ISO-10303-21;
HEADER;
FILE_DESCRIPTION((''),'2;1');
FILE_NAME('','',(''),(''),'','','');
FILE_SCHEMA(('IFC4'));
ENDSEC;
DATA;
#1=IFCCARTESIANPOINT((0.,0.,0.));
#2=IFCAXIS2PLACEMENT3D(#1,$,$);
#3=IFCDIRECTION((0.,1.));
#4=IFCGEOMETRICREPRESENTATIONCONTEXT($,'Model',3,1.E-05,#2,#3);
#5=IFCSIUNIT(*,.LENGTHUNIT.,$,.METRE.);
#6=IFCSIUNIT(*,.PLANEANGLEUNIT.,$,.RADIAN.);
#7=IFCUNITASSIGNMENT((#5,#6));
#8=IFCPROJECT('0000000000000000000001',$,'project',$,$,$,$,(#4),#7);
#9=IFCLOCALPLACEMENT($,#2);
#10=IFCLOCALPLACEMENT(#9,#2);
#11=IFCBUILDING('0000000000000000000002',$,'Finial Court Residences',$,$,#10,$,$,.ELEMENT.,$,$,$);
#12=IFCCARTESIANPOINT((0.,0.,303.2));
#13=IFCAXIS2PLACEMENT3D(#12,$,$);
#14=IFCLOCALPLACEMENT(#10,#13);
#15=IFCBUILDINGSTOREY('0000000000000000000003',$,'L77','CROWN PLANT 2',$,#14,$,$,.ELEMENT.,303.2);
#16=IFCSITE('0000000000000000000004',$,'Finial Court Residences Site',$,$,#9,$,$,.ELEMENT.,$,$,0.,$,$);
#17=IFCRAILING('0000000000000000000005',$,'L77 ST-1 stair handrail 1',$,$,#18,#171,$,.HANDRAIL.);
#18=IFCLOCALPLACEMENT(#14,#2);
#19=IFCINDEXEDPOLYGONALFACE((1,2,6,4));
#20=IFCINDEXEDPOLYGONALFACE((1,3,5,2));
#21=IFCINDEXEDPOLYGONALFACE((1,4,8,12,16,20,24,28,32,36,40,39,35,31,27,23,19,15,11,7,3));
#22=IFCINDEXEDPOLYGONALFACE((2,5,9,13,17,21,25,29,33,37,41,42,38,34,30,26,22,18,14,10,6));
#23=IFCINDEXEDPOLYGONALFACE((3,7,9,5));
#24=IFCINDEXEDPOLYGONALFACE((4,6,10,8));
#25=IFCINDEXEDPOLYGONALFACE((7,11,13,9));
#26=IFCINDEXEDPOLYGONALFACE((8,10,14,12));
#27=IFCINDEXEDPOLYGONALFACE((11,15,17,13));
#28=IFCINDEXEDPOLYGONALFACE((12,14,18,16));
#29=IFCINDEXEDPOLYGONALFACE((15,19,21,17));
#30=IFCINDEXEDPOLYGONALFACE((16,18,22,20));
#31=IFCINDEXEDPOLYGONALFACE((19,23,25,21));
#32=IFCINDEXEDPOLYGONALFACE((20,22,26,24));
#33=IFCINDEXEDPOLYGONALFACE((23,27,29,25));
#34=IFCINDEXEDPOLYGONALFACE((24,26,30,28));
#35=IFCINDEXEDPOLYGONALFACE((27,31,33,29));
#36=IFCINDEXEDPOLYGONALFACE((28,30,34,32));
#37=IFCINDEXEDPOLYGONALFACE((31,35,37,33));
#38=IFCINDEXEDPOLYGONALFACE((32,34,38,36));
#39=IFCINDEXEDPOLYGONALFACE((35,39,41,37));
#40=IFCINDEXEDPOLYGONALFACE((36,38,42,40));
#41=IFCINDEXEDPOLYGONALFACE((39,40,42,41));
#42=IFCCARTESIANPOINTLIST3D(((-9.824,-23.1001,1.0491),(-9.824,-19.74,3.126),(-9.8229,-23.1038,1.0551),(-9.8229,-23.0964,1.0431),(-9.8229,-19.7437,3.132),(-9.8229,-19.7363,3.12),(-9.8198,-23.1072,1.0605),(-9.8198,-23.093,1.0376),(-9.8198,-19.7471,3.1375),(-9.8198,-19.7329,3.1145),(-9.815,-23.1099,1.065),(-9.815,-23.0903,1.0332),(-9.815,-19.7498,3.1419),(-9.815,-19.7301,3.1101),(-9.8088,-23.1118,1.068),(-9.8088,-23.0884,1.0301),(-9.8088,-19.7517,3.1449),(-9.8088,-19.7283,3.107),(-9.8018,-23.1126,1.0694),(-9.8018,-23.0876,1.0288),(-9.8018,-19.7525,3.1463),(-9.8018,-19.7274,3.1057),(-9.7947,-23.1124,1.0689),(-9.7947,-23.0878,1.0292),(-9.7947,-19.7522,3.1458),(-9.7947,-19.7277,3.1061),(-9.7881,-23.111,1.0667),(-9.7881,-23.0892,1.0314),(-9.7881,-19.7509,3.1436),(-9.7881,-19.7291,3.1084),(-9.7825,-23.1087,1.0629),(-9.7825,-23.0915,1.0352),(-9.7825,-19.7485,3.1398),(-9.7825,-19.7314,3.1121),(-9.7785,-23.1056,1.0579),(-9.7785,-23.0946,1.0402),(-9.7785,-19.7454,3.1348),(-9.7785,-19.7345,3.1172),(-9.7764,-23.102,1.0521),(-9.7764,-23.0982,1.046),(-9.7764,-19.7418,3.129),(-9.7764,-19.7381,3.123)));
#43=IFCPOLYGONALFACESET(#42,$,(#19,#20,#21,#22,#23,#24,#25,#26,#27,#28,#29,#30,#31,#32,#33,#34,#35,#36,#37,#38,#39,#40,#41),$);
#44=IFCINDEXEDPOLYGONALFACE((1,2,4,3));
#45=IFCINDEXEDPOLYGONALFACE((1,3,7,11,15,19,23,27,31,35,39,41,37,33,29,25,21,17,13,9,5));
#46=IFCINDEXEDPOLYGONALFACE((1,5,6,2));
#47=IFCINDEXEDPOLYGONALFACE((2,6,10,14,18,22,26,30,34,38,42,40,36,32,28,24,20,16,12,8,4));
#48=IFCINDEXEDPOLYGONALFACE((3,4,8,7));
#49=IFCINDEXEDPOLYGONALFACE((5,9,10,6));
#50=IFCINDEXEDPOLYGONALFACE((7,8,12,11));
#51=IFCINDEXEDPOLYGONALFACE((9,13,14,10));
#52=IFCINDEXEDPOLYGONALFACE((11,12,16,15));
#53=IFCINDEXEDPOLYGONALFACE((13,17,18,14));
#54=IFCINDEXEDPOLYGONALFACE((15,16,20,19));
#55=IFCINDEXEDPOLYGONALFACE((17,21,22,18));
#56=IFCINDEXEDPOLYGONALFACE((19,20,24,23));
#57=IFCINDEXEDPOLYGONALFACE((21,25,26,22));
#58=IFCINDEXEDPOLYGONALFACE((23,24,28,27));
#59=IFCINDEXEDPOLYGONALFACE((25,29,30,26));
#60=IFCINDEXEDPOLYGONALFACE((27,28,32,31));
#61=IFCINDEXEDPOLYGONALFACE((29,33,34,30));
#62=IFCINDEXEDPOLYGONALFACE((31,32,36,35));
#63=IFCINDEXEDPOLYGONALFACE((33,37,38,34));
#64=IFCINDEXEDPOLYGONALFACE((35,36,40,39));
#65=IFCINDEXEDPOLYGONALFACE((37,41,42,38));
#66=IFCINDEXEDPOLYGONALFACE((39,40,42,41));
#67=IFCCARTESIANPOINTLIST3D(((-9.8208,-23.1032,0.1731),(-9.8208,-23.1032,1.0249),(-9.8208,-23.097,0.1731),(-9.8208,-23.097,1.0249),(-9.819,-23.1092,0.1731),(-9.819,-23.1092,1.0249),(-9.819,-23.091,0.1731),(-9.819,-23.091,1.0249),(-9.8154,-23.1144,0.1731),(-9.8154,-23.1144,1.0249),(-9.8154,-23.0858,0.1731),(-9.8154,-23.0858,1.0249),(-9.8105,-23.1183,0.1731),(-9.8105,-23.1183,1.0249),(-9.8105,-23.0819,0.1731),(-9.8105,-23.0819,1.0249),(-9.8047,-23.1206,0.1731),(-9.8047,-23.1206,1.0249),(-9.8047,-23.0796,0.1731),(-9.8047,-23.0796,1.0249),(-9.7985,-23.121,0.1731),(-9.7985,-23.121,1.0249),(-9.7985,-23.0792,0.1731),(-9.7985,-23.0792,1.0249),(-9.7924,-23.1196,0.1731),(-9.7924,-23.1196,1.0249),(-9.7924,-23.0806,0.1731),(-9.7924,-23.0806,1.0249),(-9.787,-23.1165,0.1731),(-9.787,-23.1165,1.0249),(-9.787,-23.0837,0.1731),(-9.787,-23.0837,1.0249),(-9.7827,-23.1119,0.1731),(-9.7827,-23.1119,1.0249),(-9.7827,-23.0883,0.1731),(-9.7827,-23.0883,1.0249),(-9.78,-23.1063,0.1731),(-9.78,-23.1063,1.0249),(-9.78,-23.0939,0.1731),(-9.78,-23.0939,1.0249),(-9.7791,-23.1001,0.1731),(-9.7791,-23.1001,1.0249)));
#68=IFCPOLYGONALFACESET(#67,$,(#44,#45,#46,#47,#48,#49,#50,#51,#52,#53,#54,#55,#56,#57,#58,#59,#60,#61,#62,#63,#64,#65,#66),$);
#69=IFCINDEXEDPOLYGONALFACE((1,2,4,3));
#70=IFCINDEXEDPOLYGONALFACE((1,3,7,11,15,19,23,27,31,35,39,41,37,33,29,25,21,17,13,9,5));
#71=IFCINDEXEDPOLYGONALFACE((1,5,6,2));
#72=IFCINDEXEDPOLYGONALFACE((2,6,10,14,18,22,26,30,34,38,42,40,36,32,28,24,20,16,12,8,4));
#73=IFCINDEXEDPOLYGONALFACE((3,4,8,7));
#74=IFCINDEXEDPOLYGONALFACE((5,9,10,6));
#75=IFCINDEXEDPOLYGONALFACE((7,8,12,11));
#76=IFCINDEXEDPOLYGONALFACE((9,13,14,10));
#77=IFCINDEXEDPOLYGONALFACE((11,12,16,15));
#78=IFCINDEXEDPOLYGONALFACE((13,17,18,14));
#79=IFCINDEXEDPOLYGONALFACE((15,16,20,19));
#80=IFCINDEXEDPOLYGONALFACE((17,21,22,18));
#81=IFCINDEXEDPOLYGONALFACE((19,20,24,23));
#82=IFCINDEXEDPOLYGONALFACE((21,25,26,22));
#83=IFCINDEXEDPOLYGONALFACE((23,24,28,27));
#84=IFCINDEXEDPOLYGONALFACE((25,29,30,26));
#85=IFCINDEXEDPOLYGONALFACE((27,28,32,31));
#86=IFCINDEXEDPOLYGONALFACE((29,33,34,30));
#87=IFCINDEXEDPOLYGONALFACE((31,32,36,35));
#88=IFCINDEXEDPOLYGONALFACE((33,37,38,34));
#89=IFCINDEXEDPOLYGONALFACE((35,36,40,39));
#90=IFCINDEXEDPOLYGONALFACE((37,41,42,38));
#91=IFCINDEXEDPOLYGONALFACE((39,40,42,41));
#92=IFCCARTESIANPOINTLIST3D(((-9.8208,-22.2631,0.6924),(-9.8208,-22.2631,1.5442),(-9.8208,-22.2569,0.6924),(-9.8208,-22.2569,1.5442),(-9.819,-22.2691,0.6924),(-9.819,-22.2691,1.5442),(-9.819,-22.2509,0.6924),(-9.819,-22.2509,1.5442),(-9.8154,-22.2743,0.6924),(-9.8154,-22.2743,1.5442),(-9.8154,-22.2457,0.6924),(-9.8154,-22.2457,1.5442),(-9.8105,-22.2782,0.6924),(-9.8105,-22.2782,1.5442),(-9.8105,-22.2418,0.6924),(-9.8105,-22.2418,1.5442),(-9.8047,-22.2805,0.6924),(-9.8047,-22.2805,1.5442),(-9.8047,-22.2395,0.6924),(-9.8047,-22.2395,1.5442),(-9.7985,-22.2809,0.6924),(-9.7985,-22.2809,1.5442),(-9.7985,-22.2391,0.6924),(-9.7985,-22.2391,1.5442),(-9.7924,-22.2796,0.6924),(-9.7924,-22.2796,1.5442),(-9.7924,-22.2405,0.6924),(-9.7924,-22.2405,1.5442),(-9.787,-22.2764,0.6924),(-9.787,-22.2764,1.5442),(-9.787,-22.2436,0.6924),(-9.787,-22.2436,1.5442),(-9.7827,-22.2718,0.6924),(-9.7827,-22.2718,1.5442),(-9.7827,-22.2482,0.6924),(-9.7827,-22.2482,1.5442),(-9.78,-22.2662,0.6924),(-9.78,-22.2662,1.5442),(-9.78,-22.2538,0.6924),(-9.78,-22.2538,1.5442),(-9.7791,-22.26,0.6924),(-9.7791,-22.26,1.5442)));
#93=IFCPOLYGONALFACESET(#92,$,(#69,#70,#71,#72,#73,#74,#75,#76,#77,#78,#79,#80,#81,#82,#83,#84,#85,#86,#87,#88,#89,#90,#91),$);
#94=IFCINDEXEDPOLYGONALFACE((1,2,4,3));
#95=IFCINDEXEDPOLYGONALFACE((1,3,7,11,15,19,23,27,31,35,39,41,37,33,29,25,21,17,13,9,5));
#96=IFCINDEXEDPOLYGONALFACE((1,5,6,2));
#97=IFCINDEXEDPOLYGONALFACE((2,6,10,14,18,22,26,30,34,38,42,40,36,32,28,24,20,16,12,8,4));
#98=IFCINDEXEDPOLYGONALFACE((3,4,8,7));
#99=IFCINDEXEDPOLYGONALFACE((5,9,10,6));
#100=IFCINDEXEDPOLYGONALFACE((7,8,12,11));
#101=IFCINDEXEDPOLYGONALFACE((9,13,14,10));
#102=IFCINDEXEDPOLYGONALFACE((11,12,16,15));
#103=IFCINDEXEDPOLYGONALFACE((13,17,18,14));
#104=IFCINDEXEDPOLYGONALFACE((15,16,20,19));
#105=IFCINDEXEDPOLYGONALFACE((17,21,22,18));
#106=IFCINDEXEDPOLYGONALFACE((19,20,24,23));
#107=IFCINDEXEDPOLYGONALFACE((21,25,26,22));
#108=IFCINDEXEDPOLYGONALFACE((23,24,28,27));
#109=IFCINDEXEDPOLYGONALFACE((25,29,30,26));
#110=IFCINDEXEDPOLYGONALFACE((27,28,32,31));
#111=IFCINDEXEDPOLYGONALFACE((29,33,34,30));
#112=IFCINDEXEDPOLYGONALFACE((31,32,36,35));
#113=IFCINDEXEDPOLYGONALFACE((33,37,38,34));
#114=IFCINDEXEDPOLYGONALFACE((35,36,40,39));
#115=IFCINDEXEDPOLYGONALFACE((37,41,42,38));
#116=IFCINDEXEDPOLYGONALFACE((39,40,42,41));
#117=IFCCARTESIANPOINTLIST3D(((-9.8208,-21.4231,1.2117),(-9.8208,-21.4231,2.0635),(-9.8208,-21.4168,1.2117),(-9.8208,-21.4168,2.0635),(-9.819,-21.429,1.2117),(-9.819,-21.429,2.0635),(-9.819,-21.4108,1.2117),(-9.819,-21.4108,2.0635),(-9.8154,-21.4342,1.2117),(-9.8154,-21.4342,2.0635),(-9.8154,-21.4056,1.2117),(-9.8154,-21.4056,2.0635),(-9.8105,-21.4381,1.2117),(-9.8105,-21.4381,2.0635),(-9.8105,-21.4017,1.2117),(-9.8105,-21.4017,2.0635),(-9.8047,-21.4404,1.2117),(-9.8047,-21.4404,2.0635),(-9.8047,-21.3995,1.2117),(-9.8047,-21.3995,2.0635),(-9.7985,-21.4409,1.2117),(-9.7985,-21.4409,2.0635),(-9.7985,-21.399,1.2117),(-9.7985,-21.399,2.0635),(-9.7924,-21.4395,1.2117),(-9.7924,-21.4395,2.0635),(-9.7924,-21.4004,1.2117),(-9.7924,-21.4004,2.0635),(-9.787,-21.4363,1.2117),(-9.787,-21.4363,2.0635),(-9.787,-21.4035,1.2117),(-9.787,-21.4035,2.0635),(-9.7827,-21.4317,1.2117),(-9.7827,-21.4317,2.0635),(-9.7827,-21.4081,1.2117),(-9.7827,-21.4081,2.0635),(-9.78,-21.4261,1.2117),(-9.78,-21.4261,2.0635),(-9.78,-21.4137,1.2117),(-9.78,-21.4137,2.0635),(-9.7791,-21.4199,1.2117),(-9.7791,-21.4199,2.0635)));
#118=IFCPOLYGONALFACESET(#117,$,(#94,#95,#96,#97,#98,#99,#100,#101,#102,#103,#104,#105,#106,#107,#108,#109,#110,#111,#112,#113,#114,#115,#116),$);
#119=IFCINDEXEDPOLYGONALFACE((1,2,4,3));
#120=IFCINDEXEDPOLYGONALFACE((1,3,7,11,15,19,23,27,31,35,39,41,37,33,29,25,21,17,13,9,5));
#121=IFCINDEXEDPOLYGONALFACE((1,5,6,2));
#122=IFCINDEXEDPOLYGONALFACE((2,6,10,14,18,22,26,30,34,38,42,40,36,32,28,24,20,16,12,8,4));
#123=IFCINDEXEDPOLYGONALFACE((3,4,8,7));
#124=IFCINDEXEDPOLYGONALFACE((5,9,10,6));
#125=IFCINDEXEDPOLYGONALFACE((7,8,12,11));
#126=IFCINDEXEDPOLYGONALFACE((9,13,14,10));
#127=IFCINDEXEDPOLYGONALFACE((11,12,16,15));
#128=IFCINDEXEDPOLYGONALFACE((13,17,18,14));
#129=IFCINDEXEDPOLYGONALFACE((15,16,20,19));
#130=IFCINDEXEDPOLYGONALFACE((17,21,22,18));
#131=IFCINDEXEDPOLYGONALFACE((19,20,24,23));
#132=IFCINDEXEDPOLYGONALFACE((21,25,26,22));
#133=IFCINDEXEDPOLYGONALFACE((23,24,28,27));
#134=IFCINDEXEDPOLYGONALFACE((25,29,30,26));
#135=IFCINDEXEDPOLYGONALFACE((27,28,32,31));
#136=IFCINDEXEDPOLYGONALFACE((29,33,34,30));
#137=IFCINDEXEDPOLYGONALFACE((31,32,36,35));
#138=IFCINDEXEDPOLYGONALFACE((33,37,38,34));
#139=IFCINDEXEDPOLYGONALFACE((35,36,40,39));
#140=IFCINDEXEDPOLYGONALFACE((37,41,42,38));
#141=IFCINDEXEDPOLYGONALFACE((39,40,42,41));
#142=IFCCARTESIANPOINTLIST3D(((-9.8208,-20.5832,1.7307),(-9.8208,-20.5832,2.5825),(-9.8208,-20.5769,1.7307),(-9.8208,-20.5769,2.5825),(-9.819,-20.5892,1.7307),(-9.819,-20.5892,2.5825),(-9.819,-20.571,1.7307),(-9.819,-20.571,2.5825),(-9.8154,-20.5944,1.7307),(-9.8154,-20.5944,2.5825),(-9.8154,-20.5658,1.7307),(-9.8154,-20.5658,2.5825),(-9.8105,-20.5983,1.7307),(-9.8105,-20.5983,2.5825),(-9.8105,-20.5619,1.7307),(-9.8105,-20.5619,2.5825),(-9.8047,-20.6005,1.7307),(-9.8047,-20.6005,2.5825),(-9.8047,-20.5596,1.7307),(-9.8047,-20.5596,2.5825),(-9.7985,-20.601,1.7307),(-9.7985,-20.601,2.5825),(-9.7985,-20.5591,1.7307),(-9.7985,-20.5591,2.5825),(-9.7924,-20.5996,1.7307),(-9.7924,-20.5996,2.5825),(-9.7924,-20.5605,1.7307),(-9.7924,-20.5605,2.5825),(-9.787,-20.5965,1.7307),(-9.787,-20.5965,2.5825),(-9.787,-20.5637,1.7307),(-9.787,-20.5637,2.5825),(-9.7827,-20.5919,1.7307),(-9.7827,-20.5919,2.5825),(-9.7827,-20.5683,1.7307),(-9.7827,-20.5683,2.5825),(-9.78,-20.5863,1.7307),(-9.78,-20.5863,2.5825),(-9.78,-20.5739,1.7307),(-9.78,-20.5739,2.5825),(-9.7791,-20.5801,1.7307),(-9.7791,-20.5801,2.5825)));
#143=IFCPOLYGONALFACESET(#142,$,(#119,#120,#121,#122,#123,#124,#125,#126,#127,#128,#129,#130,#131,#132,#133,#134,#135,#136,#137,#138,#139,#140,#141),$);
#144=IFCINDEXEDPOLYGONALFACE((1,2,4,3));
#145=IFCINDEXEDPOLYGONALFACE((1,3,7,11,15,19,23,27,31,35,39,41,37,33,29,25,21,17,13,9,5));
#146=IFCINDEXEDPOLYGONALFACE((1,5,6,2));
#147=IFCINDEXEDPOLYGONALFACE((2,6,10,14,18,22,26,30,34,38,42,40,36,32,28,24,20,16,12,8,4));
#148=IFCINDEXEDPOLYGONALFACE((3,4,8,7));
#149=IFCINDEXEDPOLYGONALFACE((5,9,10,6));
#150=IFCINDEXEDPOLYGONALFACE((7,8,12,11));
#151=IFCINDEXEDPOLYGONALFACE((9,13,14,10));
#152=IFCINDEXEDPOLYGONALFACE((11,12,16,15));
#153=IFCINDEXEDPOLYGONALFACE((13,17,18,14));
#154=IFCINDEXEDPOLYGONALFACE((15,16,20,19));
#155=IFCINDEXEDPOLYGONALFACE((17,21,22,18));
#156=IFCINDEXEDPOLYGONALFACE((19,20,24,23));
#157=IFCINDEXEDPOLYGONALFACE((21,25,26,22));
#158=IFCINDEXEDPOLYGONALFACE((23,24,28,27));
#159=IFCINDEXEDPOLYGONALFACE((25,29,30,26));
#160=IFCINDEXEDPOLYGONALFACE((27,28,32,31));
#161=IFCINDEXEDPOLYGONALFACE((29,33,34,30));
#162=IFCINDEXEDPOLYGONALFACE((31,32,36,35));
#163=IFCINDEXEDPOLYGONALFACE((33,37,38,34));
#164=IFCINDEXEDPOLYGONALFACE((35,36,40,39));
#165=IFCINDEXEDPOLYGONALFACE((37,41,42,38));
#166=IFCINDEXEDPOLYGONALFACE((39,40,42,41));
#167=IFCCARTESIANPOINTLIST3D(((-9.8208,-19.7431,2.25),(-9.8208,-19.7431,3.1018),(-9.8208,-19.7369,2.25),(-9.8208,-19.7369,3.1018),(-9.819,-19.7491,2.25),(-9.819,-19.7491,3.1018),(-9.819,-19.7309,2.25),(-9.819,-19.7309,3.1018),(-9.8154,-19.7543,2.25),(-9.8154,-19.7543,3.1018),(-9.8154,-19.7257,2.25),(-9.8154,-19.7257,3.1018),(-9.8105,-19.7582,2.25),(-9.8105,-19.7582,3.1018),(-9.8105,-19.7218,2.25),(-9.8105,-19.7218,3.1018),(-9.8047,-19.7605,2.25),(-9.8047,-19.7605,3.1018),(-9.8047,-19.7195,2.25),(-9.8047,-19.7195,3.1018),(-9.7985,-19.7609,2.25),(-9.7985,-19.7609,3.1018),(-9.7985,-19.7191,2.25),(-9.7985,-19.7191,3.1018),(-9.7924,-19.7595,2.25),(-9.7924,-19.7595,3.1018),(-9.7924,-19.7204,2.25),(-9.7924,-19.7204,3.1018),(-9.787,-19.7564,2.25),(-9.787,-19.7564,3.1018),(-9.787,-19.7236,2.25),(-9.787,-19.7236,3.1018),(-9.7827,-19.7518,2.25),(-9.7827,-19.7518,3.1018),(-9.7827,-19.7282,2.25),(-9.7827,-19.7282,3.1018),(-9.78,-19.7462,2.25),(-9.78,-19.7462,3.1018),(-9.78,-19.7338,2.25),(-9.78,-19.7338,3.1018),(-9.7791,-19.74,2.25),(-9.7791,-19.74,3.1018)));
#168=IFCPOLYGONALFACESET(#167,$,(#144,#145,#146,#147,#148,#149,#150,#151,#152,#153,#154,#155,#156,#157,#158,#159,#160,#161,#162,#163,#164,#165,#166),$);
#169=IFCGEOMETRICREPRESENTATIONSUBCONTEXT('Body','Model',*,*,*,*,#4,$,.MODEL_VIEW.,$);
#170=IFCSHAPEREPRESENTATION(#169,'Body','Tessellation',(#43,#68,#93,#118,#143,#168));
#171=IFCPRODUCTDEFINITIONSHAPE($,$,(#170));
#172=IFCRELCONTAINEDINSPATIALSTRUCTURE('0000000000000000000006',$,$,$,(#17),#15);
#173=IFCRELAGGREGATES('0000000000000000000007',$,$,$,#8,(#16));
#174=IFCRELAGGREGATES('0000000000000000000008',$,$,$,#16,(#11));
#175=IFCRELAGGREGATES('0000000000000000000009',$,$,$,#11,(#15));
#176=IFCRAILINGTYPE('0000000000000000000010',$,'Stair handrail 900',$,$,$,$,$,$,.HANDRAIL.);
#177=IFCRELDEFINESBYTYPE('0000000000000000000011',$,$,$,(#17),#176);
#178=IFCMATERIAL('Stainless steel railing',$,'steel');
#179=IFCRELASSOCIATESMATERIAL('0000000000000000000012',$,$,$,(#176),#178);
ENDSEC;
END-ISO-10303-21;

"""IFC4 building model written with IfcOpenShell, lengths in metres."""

from ifc_helpers import new_model, si_unit, direction, frame, origin, origin_2d, place, context, subcontext, project, spatial, circle, extrude, material, type_object, element, save


model = new_model("IFC4")

# Units and contexts
model_context = context("Model", 3, precision=1e-05, world=origin(), true_north=direction((0.0, 1.0)))
body_context = subcontext(model_context, "Body", "Model", "MODEL_VIEW")
ifc_project = project(units=[si_unit("LENGTHUNIT", "METRE"), si_unit("PLANEANGLEUNIT", "RADIAN")], contexts=[model_context])

# Site, building, storey
site_placement = place(None, origin())
site = spatial("IfcSite", under=ifc_project, at=site_placement, Name="Finial Court Residences Site", CompositionType="ELEMENT", RefElevation=0.0)
building_placement = place(site_placement, origin())
building = spatial("IfcBuilding", under=site, at=building_placement, Name="Finial Court Residences", CompositionType="ELEMENT")
storey_placement = place(building_placement, frame((0.0, 0.0, 303.2)))
storey = spatial("IfcBuildingStorey", under=building, at=storey_placement, Name="L77", Description="CROWN PLANT 2", CompositionType="ELEMENT", Elevation=303.2)

# Railing
ifc_material_1 = material(Name="Stainless steel railing", Category="steel")
railing_type_1 = type_object("IfcRailingType", Name="Stair handrail 900", PredefinedType="HANDRAIL", material=ifc_material_1)
railing_1_placement = place(storey_placement, frame((-9.8, -23.1001, 0.1731)))
element("IfcRailing", 1, at=railing_1_placement, inside=storey, type_object=railing_type_1, Name="L77 ST-1 stair handrail 1", PredefinedType="HANDRAIL", context=body_context, shape_type="SweptSolid", body=[
    extrude(circle(Radius=0.0239, at=origin_2d()), frame((0.0, 0.0, 0.876), z_axis=(0.0, 0.850623, 0.525776), x_axis=(-1.0, 0.0, 0.0)), (0.0, 0.0, 1.0), 3.9502),
    extrude(circle(Radius=0.021, at=origin_2d()), origin(), (0.0, 0.0, 1.0), 0.8518),
    extrude(circle(Radius=0.021, at=origin_2d()), frame((0.0, 0.8401, 0.5193)), (0.0, 0.0, 1.0), 0.8518),
    extrude(circle(Radius=0.021, at=origin_2d()), frame((0.0, 1.6802, 1.0386)), (0.0, 0.0, 1.0), 0.8518),
    extrude(circle(Radius=0.021, at=origin_2d()), frame((0.0, 2.52, 1.5576)), (0.0, 0.0, 1.0), 0.8518),
    extrude(circle(Radius=0.021, at=origin_2d()), frame((0.0, 3.3601, 2.0769)), (0.0, 0.0, 1.0), 0.8518),
])

save(model, "model.ifc")
